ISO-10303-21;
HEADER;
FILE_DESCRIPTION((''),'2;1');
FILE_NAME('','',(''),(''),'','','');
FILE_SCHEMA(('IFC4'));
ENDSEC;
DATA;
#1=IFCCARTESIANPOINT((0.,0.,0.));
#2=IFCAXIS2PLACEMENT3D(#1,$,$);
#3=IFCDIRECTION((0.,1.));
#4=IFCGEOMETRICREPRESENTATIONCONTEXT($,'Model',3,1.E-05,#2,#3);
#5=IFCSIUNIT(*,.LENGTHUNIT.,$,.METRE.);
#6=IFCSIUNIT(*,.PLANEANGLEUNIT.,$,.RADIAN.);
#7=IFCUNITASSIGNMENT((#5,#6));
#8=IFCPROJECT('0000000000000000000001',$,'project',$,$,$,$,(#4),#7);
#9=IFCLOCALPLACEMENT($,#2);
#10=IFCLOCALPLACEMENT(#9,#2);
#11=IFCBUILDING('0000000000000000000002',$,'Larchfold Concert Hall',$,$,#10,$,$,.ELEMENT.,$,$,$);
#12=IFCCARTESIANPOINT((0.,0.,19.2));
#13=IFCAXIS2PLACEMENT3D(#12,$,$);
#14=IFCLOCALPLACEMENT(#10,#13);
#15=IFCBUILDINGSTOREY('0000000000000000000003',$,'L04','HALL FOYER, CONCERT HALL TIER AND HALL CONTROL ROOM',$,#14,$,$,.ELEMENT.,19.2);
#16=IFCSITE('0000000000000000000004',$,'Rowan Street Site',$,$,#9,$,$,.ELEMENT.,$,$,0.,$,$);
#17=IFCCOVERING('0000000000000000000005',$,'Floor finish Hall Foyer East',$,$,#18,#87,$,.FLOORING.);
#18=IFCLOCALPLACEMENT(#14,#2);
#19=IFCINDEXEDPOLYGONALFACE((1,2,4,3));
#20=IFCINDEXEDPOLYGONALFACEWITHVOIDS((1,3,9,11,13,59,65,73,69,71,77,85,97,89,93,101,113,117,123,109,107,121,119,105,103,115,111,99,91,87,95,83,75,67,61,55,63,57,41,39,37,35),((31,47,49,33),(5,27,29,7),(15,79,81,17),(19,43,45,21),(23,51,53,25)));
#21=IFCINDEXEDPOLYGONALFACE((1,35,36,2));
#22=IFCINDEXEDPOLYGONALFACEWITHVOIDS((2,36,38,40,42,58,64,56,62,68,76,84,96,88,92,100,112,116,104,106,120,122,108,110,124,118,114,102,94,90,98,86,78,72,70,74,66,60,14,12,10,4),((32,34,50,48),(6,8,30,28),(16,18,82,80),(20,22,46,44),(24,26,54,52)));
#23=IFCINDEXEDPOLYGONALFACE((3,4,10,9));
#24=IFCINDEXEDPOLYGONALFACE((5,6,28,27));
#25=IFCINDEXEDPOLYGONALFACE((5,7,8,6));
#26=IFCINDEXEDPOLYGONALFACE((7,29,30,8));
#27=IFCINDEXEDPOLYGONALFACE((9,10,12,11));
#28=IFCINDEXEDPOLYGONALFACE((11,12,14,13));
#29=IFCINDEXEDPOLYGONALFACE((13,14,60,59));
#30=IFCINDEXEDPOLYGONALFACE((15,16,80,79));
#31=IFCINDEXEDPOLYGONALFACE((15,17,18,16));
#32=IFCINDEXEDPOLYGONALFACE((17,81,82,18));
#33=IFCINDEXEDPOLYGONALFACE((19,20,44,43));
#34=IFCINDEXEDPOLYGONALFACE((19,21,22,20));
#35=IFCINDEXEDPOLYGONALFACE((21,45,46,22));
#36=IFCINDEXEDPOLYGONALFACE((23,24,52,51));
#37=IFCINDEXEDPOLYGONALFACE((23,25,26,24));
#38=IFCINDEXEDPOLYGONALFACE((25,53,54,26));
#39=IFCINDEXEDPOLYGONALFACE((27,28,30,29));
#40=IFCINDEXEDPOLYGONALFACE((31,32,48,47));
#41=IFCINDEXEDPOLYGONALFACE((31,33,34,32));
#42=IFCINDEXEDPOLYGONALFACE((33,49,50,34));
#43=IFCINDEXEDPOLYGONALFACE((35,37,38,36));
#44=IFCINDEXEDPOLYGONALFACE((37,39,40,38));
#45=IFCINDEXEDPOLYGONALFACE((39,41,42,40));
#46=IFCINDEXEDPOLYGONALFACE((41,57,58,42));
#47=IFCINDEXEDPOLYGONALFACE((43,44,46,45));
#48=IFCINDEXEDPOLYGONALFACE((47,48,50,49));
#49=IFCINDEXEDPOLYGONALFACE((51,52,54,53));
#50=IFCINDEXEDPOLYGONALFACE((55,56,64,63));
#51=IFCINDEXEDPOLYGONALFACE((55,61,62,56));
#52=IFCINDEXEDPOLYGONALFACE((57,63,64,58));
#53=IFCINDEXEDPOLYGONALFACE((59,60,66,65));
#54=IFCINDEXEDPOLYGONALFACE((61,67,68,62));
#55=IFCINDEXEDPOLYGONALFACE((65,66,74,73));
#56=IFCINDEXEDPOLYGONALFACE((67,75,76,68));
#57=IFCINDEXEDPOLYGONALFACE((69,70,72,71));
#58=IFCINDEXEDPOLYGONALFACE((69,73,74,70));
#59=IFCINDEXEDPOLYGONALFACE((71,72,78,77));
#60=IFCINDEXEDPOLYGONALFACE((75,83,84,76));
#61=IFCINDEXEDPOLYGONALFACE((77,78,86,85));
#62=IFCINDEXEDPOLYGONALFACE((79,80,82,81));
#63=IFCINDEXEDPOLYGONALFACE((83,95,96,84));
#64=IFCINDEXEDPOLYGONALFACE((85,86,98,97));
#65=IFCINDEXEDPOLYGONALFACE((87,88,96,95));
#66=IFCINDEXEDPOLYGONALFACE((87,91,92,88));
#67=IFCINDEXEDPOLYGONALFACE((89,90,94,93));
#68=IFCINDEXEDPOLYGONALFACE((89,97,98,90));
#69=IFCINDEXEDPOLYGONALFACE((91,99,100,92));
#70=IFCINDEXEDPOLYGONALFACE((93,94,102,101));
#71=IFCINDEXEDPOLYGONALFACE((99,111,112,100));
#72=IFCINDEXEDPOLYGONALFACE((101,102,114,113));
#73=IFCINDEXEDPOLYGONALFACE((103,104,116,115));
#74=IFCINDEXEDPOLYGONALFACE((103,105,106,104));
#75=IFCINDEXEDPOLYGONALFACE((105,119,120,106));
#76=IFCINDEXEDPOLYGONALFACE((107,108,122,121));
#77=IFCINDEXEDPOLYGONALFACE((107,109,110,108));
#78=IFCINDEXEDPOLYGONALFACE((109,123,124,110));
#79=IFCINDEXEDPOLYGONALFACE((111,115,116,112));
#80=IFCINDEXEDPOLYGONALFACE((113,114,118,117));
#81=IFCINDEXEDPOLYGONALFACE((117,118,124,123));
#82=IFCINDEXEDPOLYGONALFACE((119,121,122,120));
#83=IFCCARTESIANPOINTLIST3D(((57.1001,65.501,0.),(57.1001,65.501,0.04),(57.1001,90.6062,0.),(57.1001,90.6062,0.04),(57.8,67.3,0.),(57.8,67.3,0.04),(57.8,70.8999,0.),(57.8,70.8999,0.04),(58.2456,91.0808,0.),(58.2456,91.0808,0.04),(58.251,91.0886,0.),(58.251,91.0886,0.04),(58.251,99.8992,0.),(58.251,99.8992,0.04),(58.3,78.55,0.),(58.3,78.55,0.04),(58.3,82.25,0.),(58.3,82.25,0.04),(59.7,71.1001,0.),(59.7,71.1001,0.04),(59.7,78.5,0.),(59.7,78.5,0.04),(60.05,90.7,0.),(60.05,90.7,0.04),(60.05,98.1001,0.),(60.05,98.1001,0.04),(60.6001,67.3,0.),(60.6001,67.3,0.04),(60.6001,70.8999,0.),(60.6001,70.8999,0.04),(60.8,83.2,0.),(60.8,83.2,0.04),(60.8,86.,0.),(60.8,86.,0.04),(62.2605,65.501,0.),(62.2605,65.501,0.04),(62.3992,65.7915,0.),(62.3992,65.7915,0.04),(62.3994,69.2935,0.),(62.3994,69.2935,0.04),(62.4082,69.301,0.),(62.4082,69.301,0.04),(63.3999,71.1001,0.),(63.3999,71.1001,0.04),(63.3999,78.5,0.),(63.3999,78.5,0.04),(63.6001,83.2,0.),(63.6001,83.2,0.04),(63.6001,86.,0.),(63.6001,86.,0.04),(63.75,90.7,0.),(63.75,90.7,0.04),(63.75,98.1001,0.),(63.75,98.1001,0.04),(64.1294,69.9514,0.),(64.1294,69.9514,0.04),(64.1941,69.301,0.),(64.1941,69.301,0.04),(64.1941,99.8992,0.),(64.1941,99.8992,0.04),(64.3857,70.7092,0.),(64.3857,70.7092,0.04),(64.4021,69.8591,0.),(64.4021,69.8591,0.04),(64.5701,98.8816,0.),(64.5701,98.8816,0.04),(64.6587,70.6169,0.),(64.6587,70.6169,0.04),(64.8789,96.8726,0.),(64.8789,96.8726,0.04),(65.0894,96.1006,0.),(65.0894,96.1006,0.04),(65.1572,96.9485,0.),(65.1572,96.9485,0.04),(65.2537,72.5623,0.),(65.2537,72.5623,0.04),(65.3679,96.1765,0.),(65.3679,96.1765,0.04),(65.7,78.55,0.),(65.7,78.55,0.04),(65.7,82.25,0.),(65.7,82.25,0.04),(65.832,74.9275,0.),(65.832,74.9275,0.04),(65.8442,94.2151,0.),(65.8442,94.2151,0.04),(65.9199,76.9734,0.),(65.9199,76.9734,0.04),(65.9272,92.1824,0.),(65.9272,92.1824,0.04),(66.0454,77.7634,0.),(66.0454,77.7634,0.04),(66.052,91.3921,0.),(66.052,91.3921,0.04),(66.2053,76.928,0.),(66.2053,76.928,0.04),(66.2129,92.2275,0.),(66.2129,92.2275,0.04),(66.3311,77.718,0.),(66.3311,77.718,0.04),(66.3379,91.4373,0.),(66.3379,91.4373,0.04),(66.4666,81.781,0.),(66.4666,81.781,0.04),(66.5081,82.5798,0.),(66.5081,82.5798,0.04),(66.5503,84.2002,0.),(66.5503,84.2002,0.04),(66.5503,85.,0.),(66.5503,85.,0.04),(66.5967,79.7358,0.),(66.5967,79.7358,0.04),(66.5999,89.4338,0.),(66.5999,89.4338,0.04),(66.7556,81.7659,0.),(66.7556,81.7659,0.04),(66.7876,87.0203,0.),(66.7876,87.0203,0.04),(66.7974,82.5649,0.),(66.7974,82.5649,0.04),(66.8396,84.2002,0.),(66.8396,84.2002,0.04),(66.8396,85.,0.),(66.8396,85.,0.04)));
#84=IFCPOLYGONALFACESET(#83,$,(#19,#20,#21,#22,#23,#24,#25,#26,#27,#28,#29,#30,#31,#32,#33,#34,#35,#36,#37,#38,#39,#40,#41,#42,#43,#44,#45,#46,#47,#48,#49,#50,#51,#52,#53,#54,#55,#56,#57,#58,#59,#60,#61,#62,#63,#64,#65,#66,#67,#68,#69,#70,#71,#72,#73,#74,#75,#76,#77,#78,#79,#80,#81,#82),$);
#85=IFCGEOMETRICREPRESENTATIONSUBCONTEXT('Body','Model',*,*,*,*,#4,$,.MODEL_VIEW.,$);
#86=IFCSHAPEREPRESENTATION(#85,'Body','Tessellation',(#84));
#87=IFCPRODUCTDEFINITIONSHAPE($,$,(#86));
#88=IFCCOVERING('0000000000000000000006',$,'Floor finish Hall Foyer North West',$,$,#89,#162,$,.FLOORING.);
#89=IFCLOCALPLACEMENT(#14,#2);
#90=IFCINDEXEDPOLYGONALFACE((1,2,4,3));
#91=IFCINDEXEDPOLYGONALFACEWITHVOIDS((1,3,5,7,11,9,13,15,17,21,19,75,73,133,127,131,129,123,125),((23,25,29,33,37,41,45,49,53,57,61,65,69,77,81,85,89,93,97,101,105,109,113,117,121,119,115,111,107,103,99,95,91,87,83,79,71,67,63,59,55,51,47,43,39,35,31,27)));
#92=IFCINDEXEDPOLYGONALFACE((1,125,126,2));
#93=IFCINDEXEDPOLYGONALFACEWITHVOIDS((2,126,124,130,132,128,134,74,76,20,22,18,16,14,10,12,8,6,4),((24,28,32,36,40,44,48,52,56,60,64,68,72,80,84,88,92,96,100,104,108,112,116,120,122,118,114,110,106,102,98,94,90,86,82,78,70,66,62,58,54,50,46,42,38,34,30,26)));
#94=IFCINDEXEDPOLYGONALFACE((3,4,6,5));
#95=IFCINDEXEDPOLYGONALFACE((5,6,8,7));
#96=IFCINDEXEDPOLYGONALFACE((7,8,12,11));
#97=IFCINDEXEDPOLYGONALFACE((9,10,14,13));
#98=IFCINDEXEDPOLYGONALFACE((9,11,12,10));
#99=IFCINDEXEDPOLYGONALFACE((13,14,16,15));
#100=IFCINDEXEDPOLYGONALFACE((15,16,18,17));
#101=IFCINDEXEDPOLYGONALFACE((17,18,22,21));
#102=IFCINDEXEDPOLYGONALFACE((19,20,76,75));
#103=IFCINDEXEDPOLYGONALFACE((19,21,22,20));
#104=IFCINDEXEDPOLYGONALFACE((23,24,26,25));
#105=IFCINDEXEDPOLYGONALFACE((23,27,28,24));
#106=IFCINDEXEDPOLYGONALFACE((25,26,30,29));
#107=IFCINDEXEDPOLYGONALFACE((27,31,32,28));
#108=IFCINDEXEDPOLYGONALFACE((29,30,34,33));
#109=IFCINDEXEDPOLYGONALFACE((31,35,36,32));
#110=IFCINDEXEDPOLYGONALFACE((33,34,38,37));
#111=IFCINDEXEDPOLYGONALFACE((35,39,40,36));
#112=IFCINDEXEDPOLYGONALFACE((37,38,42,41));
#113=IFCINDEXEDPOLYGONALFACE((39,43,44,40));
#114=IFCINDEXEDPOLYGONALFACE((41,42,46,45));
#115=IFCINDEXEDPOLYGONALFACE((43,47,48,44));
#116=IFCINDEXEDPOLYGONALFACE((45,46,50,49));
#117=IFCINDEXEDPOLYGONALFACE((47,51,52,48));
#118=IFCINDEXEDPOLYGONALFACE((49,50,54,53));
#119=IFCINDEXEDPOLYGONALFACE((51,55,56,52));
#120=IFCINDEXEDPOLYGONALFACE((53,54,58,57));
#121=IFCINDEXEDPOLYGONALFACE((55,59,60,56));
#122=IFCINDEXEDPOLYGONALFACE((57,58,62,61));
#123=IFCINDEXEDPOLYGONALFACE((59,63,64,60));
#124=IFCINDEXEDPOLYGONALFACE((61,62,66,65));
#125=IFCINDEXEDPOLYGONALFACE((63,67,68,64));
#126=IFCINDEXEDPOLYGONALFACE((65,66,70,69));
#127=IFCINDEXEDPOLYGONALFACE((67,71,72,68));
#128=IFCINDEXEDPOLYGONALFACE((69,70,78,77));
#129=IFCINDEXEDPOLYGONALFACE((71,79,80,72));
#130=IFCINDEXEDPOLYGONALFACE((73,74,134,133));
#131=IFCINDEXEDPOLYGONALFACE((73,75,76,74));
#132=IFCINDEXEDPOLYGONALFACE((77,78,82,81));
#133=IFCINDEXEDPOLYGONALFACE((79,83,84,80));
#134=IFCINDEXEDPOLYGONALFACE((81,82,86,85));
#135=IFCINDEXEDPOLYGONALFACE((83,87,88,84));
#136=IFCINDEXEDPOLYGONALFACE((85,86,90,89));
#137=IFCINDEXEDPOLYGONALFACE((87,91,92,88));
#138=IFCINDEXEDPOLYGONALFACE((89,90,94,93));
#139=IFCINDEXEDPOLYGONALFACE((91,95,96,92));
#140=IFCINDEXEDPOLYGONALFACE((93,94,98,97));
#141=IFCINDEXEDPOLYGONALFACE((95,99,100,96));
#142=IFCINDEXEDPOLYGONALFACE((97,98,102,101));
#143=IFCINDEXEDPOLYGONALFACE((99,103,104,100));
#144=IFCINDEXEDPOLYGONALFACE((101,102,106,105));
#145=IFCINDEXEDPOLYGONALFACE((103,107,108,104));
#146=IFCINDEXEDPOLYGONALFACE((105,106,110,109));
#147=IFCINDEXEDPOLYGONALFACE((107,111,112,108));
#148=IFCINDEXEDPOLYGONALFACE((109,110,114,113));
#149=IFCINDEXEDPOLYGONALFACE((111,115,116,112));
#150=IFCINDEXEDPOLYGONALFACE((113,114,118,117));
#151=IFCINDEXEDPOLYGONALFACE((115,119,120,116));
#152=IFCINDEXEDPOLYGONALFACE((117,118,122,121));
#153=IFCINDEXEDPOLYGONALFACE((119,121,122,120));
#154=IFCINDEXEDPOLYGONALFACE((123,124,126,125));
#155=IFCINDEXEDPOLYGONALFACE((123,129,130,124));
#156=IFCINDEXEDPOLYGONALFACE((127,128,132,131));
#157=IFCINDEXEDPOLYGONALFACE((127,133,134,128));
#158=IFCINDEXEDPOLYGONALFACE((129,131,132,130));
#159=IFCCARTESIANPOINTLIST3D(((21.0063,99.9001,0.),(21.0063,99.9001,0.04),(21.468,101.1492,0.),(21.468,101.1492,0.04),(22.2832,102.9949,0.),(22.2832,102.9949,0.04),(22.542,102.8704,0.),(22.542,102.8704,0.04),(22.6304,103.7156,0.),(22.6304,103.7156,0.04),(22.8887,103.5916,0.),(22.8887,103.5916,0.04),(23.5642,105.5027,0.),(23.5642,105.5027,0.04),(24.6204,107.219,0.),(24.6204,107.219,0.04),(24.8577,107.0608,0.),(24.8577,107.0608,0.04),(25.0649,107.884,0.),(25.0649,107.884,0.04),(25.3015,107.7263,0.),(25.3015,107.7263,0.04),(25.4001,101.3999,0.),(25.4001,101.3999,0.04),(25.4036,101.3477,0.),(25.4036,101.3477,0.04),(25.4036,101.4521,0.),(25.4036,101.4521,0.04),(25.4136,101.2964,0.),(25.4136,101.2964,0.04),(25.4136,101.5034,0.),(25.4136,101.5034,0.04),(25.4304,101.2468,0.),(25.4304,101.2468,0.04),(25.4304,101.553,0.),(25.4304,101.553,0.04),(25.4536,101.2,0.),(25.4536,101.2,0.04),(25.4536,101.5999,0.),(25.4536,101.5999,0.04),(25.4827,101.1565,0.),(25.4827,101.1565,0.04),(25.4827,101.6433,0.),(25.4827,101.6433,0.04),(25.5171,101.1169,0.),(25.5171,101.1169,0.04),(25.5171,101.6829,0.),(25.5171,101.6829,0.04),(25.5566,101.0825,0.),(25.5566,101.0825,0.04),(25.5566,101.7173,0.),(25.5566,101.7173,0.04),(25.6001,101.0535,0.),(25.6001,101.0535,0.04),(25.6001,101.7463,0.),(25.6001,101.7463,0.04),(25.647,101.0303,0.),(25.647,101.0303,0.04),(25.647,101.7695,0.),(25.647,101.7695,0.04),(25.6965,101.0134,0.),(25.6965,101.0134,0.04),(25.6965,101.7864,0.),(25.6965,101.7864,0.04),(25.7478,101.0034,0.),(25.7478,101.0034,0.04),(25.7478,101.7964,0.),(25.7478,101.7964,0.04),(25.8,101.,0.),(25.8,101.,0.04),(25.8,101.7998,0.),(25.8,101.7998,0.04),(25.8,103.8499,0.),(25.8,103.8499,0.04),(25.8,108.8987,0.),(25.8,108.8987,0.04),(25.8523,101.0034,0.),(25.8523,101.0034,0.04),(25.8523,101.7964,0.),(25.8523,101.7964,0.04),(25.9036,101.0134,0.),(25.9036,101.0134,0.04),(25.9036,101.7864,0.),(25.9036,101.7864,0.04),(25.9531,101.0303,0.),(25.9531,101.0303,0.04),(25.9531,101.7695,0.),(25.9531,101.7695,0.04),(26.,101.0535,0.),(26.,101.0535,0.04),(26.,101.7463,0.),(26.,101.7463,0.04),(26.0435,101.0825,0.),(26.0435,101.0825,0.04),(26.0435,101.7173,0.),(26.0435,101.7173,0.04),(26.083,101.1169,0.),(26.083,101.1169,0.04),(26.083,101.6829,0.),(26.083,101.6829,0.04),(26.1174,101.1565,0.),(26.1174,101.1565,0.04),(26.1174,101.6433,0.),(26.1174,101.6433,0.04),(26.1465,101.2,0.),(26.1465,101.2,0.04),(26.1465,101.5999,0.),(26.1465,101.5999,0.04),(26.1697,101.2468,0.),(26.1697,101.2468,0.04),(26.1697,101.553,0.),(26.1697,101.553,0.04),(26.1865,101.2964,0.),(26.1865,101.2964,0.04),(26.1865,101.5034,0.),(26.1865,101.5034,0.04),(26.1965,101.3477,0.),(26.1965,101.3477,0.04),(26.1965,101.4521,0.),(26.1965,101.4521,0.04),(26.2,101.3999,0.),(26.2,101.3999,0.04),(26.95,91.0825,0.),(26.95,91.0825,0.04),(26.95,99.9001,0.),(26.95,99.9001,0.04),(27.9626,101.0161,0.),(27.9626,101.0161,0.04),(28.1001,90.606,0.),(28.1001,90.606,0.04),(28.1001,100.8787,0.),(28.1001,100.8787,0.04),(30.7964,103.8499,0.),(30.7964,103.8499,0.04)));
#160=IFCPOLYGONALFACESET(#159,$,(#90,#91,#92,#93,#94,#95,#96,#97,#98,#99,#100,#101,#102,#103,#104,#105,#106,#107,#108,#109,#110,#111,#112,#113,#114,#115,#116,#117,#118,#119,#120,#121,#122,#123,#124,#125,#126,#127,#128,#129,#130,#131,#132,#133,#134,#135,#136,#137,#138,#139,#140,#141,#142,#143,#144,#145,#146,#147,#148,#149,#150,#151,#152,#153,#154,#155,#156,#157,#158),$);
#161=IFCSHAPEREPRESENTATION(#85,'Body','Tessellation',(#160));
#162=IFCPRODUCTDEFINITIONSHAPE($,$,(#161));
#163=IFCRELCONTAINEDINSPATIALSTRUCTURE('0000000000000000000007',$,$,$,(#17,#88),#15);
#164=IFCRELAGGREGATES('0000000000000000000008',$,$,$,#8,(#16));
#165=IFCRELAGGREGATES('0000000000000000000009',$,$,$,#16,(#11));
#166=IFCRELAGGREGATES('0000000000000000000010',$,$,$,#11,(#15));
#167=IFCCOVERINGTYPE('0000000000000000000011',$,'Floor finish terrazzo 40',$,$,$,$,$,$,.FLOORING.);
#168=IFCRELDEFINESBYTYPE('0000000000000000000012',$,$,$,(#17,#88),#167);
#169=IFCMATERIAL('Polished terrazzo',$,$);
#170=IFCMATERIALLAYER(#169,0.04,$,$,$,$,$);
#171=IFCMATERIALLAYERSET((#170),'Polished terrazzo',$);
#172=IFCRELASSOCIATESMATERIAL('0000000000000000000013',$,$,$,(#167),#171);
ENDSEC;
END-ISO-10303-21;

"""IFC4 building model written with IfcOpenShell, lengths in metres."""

from ifc_helpers import new_model, si_unit, direction, frame, origin, place, context, subcontext, project, spatial, polyline, outline, extrude, material, layer, layer_set, type_object, element, save


model = new_model("IFC4")

# Units and contexts
model_context = context("Model", 3, precision=1e-05, world=origin(), true_north=direction((0.0, 1.0)))
body_context = subcontext(model_context, "Body", "Model", "MODEL_VIEW")
ifc_project = project(units=[si_unit("LENGTHUNIT", "METRE"), si_unit("PLANEANGLEUNIT", "RADIAN")], contexts=[model_context])

# Site, building, storey
site_placement = place(None, origin())
site = spatial("IfcSite", under=ifc_project, at=site_placement, Name="Rowan Street Site", CompositionType="ELEMENT", RefElevation=0.0)
building_placement = place(site_placement, origin())
building = spatial("IfcBuilding", under=site, at=building_placement, Name="Larchfold Concert Hall", CompositionType="ELEMENT")
storey_placement = place(building_placement, frame((0.0, 0.0, 19.2)))
storey = spatial("IfcBuildingStorey", under=building, at=storey_placement, Name="L04", Description="HALL FOYER, CONCERT HALL TIER AND HALL CONTROL ROOM", CompositionType="ELEMENT", Elevation=19.2)

# Coverings
ifc_material_1 = material(Name="Polished terrazzo")
ifc_layer_1 = layer(ifc_material_1, 0.04)
ifc_layer_set_1 = layer_set([ifc_layer_1], Name="Polished terrazzo")
covering_type_1 = type_object("IfcCoveringType", Name="Floor finish terrazzo 40", PredefinedType="FLOORING", material=ifc_layer_set_1)
covering_1_placement = place(storey_placement, origin())
element("IfcCovering", 1, at=covering_1_placement, inside=storey, type_object=covering_type_1, Name="Floor finish Hall Foyer East", PredefinedType="FLOORING", context=body_context, shape_type="SweptSolid", body=[
    extrude(outline(polyline([(58.2456, 91.0808), (57.1001, 90.6062), (57.1001, 65.501), (62.2605, 65.501), (62.3992, 65.7915), (62.3994, 69.2935), (62.4082, 69.301), (64.1941, 69.301), (64.4021, 69.8591), (64.1294, 69.9514), (64.3857, 70.7092), (64.6587, 70.6169), (65.2537, 72.5623), (65.832, 74.9275), (66.2053, 76.928), (65.9199, 76.9734), (66.0454, 77.7634), (66.3311, 77.718), (66.5967, 79.7358), (66.7556, 81.7659), (66.4666, 81.781), (66.5081, 82.5798), (66.7974, 82.5649), (66.8396, 84.2002), (66.5503, 84.2002), (66.5503, 85.0), (66.8396, 85.0), (66.7876, 87.0203), (66.5999, 89.4338), (66.3379, 91.4373), (66.052, 91.3921), (65.9272, 92.1824), (66.2129, 92.2275), (65.8442, 94.2151), (65.3679, 96.1765), (65.0894, 96.1006), (64.8789, 96.8726), (65.1572, 96.9485), (64.5701, 98.8816), (64.1941, 99.8992), (58.251, 99.8992), (58.251, 91.0886), (58.2456, 91.0808)]), holes=[polyline([(58.3, 82.25), (65.7, 82.25), (65.7, 78.55), (58.3, 78.55), (58.3, 82.25)]), polyline([(60.05, 90.7), (60.05, 98.1001), (63.75, 98.1001), (63.75, 90.7), (60.05, 90.7)]), polyline([(60.8, 86.0), (63.6001, 86.0), (63.6001, 83.2), (60.8, 83.2), (60.8, 86.0)]), polyline([(59.7, 78.5), (63.3999, 78.5), (63.3999, 71.1001), (59.7, 71.1001), (59.7, 78.5)]), polyline([(57.8, 67.3), (57.8, 70.8999), (60.6001, 70.8999), (60.6001, 67.3), (57.8, 67.3)])]), origin(), (0.0, 0.0, 1.0), 0.04),
])
covering_2_placement = place(storey_placement, origin())
element("IfcCovering", 2, at=covering_2_placement, inside=storey, type_object=covering_type_1, Name="Floor finish Hall Foyer North West", PredefinedType="FLOORING", context=body_context, shape_type="SweptSolid", body=[
    extrude(outline(polyline([(26.95, 99.9001), (26.95, 91.0825), (28.1001, 90.606), (28.1001, 100.8787), (27.9626, 101.0161), (30.7964, 103.8499), (25.8, 103.8499), (25.8, 108.8987), (25.0649, 107.884), (25.3015, 107.7263), (24.8577, 107.0608), (24.6204, 107.219), (23.5642, 105.5027), (22.6304, 103.7156), (22.8887, 103.5916), (22.542, 102.8704), (22.2832, 102.9949), (21.468, 101.1492), (21.0063, 99.9001), (26.95, 99.9001)]), holes=[polyline([(25.6965, 101.0134), (25.647, 101.0303), (25.6001, 101.0535), (25.5566, 101.0825), (25.5171, 101.1169), (25.4827, 101.1565), (25.4536, 101.2), (25.4304, 101.2468), (25.4136, 101.2964), (25.4036, 101.3477), (25.4001, 101.3999), (25.4036, 101.4521), (25.4136, 101.5034), (25.4304, 101.553), (25.4536, 101.5999), (25.4827, 101.6433), (25.5171, 101.6829), (25.5566, 101.7173), (25.6001, 101.7463), (25.647, 101.7695), (25.6965, 101.7864), (25.7478, 101.7964), (25.8, 101.7998), (25.8523, 101.7964), (25.9036, 101.7864), (25.9531, 101.7695), (26.0, 101.7463), (26.0435, 101.7173), (26.083, 101.6829), (26.1174, 101.6433), (26.1465, 101.5999), (26.1697, 101.553), (26.1865, 101.5034), (26.1965, 101.4521), (26.2, 101.3999), (26.1965, 101.3477), (26.1865, 101.2964), (26.1697, 101.2468), (26.1465, 101.2), (26.1174, 101.1565), (26.083, 101.1169), (26.0435, 101.0825), (26.0, 101.0535), (25.9531, 101.0303), (25.9036, 101.0134), (25.8523, 101.0034), (25.8, 101.0), (25.7478, 101.0034), (25.6965, 101.0134)])]), origin(), (0.0, 0.0, 1.0), 0.04),
])

save(model, "model.ifc")
